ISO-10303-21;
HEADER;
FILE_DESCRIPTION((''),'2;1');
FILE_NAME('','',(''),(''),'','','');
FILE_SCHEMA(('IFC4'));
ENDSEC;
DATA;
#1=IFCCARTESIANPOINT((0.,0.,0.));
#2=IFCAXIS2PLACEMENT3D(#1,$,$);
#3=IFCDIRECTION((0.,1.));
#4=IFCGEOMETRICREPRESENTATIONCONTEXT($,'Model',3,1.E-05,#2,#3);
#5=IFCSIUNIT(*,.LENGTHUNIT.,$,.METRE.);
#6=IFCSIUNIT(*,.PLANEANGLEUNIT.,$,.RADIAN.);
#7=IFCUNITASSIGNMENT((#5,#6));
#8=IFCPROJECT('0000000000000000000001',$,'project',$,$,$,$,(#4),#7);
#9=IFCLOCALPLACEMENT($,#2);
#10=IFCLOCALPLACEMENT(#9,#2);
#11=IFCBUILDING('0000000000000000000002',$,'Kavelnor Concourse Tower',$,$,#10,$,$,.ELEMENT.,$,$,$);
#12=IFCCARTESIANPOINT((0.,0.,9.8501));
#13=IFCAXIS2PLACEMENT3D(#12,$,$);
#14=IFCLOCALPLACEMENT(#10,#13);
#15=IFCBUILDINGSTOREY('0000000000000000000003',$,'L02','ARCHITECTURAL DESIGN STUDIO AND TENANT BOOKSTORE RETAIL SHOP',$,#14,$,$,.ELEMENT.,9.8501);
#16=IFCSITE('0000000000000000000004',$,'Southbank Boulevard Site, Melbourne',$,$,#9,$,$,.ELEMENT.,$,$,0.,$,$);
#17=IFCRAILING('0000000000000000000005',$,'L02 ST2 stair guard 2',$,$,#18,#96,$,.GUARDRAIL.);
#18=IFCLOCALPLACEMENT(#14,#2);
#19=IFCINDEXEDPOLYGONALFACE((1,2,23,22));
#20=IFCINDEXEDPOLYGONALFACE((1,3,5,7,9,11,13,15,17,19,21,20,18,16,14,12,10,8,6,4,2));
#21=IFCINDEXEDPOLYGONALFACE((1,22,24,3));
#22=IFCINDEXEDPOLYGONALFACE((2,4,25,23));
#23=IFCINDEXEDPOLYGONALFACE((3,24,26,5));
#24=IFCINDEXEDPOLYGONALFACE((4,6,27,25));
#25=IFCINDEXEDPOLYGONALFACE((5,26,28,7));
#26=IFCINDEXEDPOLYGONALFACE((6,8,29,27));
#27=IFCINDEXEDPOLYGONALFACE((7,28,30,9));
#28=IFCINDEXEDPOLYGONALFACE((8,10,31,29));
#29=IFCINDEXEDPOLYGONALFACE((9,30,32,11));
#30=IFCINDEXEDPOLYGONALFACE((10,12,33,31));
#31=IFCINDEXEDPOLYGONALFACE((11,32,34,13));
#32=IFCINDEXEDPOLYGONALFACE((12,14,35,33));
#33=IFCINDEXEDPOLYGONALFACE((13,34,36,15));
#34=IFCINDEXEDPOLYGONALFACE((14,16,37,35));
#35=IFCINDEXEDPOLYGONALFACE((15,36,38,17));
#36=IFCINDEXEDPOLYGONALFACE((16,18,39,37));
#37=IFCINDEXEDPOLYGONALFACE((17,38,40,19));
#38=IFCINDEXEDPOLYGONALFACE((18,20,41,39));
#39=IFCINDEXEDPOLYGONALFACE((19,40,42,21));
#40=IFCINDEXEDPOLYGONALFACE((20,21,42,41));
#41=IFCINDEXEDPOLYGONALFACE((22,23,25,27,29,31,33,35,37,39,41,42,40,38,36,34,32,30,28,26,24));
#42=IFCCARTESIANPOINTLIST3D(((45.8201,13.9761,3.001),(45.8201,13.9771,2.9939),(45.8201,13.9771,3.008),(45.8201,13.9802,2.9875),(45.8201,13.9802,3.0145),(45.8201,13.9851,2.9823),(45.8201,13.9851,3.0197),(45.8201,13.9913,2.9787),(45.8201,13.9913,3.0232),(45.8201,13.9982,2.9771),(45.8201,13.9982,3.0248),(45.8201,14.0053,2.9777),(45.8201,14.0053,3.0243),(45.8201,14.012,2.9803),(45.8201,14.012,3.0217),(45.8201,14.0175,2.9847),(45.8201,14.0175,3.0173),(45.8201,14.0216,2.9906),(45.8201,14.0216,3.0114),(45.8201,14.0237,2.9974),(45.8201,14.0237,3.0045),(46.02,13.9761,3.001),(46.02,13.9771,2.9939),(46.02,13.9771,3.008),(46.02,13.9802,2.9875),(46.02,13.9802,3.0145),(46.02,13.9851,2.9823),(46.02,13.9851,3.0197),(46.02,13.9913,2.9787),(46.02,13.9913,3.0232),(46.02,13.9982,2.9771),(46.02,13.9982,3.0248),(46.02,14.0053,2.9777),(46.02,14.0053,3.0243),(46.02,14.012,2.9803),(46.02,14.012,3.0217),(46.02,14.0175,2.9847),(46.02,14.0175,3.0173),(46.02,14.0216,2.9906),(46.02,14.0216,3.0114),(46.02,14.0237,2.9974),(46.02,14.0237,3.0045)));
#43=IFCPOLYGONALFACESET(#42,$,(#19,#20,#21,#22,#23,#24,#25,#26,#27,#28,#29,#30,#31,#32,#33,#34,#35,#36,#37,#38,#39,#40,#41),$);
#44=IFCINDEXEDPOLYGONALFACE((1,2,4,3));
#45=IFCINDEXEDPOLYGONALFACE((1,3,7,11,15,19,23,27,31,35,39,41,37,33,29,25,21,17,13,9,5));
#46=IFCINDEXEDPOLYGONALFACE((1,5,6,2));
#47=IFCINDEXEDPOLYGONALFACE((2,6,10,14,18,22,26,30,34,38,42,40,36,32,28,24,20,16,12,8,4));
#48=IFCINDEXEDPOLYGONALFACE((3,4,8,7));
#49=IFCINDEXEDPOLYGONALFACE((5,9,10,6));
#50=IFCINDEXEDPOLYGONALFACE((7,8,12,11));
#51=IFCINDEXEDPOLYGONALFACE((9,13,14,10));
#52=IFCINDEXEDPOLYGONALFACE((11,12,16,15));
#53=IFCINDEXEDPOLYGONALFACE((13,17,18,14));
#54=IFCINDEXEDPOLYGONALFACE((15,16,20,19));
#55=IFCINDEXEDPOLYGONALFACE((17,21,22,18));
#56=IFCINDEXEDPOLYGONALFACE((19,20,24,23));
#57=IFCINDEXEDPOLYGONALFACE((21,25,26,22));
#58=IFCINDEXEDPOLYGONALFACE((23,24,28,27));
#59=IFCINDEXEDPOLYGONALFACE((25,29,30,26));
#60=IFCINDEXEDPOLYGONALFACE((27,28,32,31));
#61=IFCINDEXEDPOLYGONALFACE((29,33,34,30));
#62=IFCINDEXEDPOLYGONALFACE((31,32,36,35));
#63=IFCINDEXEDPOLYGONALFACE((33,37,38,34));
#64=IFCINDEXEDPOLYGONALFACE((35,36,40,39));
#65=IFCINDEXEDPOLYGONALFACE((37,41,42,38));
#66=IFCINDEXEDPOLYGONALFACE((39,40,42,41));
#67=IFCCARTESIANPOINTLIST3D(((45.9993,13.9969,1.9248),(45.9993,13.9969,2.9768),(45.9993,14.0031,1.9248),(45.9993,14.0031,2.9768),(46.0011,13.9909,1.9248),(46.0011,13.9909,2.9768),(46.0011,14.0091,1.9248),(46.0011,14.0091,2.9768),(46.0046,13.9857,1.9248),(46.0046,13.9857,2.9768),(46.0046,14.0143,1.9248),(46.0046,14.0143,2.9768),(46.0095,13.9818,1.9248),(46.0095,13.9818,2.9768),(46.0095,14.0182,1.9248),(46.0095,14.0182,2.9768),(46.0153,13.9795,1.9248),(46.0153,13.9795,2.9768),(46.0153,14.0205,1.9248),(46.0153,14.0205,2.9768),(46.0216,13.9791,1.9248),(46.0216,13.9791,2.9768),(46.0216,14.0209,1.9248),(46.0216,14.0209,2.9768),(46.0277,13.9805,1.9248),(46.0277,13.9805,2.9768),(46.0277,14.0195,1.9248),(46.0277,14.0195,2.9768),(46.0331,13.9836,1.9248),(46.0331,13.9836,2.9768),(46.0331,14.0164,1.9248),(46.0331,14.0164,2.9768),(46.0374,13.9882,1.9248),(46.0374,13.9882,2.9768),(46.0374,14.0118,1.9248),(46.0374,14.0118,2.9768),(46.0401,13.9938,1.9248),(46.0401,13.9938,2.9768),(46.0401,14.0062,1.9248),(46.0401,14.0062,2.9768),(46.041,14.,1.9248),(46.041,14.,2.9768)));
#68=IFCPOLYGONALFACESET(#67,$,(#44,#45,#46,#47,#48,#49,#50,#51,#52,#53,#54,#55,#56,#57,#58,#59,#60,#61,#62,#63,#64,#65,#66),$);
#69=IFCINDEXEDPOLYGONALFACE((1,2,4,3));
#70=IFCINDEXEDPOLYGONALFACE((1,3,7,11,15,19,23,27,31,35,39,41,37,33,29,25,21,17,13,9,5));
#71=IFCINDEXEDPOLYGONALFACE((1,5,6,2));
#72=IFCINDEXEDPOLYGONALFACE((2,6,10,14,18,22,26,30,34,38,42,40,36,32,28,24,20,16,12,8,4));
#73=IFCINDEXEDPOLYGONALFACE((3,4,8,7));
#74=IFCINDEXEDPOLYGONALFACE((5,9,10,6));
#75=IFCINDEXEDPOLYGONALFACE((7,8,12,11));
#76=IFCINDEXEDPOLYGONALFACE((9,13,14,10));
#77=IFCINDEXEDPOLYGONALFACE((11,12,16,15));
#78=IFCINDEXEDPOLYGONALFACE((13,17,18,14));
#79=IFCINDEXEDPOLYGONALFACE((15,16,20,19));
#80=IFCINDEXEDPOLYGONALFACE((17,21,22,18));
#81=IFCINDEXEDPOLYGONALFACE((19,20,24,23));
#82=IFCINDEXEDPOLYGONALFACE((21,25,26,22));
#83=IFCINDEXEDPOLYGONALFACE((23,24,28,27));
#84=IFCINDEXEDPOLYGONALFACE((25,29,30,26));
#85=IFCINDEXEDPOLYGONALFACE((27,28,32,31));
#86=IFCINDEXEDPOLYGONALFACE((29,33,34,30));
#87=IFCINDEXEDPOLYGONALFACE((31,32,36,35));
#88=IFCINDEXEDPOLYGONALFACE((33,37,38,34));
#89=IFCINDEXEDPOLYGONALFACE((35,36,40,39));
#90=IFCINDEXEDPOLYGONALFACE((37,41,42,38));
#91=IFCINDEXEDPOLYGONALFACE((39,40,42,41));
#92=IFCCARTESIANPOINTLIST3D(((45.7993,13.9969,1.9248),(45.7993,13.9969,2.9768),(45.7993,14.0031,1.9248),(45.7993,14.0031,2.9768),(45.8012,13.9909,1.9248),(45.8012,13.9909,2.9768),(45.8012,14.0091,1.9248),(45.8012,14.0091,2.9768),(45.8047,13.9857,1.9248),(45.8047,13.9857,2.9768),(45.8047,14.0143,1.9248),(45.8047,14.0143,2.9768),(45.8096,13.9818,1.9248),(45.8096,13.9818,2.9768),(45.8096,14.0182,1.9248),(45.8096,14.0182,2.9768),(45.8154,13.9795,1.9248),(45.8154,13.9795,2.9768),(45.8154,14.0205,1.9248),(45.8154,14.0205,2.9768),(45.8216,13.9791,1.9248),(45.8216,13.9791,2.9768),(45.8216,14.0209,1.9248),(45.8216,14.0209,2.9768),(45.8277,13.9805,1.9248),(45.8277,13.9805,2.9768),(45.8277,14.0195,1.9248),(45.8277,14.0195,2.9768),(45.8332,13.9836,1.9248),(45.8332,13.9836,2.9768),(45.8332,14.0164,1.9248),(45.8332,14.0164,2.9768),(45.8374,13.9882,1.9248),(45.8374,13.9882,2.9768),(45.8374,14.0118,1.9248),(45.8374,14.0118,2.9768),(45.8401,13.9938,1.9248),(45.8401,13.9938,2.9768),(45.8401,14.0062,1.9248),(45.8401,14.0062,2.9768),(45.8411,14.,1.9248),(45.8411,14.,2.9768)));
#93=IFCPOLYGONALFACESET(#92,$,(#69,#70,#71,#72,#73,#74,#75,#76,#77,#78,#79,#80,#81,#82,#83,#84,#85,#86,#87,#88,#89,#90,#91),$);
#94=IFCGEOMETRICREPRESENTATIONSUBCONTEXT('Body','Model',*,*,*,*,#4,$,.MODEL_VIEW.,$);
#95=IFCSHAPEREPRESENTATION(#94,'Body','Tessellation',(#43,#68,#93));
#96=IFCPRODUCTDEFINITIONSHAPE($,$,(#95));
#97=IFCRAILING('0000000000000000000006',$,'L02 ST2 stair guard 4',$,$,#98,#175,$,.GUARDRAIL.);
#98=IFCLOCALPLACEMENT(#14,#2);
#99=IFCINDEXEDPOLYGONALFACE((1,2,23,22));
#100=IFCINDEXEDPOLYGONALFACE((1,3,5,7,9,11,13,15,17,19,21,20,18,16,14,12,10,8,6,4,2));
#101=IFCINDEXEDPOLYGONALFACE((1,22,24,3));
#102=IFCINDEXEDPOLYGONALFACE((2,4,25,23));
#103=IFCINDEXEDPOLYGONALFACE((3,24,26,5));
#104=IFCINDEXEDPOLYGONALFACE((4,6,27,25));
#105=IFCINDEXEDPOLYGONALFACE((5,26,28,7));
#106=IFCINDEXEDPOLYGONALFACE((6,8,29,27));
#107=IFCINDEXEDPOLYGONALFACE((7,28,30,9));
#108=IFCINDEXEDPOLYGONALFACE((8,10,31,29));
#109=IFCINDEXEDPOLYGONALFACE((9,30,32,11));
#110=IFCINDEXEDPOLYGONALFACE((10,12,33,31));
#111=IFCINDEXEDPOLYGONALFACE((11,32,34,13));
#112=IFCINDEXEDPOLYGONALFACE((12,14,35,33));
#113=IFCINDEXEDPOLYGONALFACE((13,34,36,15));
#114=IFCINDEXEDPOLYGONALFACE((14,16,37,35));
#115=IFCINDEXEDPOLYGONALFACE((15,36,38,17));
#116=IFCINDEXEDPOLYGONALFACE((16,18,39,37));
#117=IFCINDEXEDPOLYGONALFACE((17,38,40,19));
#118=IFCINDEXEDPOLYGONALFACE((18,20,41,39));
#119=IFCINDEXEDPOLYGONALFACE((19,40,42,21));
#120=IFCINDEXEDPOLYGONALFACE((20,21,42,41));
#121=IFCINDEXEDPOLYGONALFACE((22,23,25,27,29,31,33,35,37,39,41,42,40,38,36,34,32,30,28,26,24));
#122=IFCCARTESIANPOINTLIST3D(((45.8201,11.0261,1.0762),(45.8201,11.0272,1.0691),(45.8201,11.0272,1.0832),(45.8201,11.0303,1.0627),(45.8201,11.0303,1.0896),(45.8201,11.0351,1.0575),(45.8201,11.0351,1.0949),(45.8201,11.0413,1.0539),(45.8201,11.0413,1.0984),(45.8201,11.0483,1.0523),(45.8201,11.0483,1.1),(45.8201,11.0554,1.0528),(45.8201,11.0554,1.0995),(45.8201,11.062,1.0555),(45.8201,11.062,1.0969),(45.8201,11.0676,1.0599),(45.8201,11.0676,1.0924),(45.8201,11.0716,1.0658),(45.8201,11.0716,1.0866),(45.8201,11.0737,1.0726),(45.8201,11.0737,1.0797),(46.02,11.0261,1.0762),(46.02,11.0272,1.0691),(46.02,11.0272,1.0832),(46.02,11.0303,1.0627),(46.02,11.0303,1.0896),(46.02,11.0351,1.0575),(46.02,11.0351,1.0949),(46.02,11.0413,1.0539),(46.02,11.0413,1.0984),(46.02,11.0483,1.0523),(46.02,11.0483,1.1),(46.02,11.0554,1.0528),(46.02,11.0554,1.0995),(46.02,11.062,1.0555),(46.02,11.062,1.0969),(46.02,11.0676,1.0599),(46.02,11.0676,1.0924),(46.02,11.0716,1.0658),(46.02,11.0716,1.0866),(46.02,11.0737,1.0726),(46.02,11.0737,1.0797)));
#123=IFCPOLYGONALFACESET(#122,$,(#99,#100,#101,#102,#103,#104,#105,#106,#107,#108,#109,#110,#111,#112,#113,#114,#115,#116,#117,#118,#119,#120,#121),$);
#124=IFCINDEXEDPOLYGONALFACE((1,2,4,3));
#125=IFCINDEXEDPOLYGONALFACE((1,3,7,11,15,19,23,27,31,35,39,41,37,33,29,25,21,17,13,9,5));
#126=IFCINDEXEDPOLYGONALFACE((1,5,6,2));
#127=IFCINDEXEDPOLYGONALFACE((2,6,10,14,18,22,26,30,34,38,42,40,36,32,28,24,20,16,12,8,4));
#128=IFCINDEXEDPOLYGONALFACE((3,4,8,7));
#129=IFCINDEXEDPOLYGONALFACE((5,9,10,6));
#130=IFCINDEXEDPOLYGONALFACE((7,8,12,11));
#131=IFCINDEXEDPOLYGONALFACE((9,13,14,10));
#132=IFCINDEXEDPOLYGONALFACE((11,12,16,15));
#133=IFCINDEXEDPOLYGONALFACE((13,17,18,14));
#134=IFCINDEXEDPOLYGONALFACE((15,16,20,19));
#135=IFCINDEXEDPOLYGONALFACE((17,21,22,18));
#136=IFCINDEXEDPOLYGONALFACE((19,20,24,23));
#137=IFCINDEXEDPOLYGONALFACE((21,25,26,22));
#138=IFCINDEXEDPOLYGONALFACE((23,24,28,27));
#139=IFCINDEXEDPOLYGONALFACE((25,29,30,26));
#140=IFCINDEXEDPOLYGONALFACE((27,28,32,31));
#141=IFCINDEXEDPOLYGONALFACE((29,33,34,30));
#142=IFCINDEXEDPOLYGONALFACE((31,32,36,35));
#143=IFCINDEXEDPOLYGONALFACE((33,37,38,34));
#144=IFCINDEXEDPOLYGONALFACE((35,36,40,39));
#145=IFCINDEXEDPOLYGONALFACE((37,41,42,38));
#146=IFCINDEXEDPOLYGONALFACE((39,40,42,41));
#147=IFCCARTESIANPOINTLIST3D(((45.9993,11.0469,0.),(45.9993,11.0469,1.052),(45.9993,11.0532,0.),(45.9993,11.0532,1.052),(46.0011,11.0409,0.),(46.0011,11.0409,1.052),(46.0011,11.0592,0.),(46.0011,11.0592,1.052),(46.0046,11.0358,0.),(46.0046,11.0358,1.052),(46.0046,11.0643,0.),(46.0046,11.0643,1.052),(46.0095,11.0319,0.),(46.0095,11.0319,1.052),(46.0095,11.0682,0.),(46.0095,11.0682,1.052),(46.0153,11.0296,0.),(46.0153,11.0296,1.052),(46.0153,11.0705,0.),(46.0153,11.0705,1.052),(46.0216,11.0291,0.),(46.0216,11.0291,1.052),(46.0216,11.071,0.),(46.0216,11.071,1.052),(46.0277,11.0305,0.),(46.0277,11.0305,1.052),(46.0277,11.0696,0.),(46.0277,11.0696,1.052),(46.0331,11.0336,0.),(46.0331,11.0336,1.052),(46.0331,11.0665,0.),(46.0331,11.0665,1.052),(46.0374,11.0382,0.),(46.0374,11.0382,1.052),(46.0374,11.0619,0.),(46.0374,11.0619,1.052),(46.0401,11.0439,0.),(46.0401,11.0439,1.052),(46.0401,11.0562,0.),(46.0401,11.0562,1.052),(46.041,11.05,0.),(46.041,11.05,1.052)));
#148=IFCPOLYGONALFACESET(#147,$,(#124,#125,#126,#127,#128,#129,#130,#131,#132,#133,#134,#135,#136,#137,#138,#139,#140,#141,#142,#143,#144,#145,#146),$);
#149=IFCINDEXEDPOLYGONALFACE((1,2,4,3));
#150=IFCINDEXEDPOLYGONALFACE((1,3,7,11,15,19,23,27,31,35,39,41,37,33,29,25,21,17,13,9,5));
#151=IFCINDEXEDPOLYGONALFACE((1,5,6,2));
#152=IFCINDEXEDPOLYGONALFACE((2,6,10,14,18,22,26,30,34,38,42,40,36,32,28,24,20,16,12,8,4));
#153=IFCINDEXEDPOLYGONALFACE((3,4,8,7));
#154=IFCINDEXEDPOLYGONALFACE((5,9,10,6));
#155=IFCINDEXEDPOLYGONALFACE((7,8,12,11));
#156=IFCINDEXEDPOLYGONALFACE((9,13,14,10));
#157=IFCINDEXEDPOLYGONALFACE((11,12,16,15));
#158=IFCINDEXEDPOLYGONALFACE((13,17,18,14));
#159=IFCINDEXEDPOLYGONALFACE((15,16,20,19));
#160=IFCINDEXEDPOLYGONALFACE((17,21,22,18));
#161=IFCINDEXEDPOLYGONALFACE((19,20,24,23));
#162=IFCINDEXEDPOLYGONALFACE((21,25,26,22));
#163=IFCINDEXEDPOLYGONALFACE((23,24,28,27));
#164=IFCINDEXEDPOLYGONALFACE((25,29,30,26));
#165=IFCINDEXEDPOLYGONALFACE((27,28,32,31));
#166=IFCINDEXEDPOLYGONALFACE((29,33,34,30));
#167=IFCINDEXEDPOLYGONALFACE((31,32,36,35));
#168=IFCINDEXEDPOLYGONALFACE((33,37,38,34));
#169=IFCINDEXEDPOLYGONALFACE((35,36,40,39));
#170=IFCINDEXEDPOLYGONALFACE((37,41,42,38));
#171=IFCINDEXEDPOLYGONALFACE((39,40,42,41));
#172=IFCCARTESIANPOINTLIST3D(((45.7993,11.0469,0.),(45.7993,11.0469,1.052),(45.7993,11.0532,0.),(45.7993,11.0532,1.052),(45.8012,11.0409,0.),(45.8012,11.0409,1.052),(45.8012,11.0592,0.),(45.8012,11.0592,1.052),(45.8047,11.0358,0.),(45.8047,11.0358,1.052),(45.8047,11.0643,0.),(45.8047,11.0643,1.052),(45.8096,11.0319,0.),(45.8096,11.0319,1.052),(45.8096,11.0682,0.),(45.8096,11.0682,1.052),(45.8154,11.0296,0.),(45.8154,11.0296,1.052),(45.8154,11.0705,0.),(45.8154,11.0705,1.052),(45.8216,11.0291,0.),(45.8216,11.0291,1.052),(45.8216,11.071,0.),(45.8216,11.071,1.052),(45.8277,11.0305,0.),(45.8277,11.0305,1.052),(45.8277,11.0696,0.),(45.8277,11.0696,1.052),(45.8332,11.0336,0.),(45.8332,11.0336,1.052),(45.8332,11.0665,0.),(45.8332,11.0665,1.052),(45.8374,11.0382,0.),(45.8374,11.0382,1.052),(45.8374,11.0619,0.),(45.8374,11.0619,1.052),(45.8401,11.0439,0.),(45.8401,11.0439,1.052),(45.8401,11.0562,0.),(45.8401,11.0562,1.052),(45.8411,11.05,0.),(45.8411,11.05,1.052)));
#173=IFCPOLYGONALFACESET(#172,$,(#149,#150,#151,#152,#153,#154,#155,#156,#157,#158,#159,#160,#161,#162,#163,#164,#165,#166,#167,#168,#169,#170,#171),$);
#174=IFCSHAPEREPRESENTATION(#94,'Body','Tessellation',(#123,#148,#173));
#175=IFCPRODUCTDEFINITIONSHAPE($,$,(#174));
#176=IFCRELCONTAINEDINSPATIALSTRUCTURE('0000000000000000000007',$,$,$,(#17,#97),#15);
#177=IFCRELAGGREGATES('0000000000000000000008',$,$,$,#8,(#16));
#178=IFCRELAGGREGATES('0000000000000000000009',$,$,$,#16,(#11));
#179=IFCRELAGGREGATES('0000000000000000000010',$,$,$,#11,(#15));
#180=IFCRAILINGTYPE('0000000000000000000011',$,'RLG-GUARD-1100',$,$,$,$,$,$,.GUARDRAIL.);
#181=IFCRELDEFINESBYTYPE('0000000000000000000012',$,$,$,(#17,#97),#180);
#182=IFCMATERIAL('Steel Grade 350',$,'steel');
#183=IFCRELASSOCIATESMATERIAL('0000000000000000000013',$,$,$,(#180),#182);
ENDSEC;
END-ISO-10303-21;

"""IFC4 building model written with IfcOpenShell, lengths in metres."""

from ifc_helpers import new_model, si_unit, direction, frame, origin, origin_2d, place, context, subcontext, project, spatial, circle, extrude, material, type_object, element, save


model = new_model("IFC4")

# Units and contexts
model_context = context("Model", 3, precision=1e-05, world=origin(), true_north=direction((0.0, 1.0)))
body_context = subcontext(model_context, "Body", "Model", "MODEL_VIEW")
ifc_project = project(units=[si_unit("LENGTHUNIT", "METRE"), si_unit("PLANEANGLEUNIT", "RADIAN")], contexts=[model_context])

# Site, building, storey
site_placement = place(None, origin())
site = spatial("IfcSite", under=ifc_project, at=site_placement, Name="Southbank Boulevard Site, Melbourne", CompositionType="ELEMENT", RefElevation=0.0)
building_placement = place(site_placement, origin())
building = spatial("IfcBuilding", under=site, at=building_placement, Name="Kavelnor Concourse Tower", CompositionType="ELEMENT")
storey_placement = place(building_placement, frame((0.0, 0.0, 9.8501)))
storey = spatial("IfcBuildingStorey", under=building, at=storey_placement, Name="L02", Description="ARCHITECTURAL DESIGN STUDIO AND TENANT BOOKSTORE RETAIL SHOP", CompositionType="ELEMENT", Elevation=9.8501)

# Shared definitions
ifc_material_1 = material(Name="Steel Grade 350", Category="steel")

# Railings
railing_type_1 = type_object("IfcRailingType", Name="RLG-GUARD-1100", PredefinedType="GUARDRAIL", material=ifc_material_1)
for number, where, name in (
    (1, (46.02, 14.0, 1.9248), "L02 ST2 stair guard 2"),
    (2, (46.02, 11.05, 0.0), "L02 ST2 stair guard 4"),
):
    element("IfcRailing", number, at=place(storey_placement, frame(where)), inside=storey, type_object=railing_type_1, Name=name, PredefinedType="GUARDRAIL", context=body_context, shape_type="SweptSolid", body=[
        extrude(circle(Radius=0.0239, at=origin_2d()), frame((0.0, 0.0, 1.0762), z_axis=(-1.0, 0.0, 0.0), x_axis=(0.0, -1.0, 0.0)), (0.0, 0.0, 1.0), 0.2),
        extrude(circle(Radius=0.021, at=origin_2d()), origin(), (0.0, 0.0, 1.0), 1.052),
        extrude(circle(Radius=0.021, at=origin_2d()), frame((-0.2, 0.0, 0.0)), (0.0, 0.0, 1.0), 1.052),
    ])

save(model, "model.ifc")
